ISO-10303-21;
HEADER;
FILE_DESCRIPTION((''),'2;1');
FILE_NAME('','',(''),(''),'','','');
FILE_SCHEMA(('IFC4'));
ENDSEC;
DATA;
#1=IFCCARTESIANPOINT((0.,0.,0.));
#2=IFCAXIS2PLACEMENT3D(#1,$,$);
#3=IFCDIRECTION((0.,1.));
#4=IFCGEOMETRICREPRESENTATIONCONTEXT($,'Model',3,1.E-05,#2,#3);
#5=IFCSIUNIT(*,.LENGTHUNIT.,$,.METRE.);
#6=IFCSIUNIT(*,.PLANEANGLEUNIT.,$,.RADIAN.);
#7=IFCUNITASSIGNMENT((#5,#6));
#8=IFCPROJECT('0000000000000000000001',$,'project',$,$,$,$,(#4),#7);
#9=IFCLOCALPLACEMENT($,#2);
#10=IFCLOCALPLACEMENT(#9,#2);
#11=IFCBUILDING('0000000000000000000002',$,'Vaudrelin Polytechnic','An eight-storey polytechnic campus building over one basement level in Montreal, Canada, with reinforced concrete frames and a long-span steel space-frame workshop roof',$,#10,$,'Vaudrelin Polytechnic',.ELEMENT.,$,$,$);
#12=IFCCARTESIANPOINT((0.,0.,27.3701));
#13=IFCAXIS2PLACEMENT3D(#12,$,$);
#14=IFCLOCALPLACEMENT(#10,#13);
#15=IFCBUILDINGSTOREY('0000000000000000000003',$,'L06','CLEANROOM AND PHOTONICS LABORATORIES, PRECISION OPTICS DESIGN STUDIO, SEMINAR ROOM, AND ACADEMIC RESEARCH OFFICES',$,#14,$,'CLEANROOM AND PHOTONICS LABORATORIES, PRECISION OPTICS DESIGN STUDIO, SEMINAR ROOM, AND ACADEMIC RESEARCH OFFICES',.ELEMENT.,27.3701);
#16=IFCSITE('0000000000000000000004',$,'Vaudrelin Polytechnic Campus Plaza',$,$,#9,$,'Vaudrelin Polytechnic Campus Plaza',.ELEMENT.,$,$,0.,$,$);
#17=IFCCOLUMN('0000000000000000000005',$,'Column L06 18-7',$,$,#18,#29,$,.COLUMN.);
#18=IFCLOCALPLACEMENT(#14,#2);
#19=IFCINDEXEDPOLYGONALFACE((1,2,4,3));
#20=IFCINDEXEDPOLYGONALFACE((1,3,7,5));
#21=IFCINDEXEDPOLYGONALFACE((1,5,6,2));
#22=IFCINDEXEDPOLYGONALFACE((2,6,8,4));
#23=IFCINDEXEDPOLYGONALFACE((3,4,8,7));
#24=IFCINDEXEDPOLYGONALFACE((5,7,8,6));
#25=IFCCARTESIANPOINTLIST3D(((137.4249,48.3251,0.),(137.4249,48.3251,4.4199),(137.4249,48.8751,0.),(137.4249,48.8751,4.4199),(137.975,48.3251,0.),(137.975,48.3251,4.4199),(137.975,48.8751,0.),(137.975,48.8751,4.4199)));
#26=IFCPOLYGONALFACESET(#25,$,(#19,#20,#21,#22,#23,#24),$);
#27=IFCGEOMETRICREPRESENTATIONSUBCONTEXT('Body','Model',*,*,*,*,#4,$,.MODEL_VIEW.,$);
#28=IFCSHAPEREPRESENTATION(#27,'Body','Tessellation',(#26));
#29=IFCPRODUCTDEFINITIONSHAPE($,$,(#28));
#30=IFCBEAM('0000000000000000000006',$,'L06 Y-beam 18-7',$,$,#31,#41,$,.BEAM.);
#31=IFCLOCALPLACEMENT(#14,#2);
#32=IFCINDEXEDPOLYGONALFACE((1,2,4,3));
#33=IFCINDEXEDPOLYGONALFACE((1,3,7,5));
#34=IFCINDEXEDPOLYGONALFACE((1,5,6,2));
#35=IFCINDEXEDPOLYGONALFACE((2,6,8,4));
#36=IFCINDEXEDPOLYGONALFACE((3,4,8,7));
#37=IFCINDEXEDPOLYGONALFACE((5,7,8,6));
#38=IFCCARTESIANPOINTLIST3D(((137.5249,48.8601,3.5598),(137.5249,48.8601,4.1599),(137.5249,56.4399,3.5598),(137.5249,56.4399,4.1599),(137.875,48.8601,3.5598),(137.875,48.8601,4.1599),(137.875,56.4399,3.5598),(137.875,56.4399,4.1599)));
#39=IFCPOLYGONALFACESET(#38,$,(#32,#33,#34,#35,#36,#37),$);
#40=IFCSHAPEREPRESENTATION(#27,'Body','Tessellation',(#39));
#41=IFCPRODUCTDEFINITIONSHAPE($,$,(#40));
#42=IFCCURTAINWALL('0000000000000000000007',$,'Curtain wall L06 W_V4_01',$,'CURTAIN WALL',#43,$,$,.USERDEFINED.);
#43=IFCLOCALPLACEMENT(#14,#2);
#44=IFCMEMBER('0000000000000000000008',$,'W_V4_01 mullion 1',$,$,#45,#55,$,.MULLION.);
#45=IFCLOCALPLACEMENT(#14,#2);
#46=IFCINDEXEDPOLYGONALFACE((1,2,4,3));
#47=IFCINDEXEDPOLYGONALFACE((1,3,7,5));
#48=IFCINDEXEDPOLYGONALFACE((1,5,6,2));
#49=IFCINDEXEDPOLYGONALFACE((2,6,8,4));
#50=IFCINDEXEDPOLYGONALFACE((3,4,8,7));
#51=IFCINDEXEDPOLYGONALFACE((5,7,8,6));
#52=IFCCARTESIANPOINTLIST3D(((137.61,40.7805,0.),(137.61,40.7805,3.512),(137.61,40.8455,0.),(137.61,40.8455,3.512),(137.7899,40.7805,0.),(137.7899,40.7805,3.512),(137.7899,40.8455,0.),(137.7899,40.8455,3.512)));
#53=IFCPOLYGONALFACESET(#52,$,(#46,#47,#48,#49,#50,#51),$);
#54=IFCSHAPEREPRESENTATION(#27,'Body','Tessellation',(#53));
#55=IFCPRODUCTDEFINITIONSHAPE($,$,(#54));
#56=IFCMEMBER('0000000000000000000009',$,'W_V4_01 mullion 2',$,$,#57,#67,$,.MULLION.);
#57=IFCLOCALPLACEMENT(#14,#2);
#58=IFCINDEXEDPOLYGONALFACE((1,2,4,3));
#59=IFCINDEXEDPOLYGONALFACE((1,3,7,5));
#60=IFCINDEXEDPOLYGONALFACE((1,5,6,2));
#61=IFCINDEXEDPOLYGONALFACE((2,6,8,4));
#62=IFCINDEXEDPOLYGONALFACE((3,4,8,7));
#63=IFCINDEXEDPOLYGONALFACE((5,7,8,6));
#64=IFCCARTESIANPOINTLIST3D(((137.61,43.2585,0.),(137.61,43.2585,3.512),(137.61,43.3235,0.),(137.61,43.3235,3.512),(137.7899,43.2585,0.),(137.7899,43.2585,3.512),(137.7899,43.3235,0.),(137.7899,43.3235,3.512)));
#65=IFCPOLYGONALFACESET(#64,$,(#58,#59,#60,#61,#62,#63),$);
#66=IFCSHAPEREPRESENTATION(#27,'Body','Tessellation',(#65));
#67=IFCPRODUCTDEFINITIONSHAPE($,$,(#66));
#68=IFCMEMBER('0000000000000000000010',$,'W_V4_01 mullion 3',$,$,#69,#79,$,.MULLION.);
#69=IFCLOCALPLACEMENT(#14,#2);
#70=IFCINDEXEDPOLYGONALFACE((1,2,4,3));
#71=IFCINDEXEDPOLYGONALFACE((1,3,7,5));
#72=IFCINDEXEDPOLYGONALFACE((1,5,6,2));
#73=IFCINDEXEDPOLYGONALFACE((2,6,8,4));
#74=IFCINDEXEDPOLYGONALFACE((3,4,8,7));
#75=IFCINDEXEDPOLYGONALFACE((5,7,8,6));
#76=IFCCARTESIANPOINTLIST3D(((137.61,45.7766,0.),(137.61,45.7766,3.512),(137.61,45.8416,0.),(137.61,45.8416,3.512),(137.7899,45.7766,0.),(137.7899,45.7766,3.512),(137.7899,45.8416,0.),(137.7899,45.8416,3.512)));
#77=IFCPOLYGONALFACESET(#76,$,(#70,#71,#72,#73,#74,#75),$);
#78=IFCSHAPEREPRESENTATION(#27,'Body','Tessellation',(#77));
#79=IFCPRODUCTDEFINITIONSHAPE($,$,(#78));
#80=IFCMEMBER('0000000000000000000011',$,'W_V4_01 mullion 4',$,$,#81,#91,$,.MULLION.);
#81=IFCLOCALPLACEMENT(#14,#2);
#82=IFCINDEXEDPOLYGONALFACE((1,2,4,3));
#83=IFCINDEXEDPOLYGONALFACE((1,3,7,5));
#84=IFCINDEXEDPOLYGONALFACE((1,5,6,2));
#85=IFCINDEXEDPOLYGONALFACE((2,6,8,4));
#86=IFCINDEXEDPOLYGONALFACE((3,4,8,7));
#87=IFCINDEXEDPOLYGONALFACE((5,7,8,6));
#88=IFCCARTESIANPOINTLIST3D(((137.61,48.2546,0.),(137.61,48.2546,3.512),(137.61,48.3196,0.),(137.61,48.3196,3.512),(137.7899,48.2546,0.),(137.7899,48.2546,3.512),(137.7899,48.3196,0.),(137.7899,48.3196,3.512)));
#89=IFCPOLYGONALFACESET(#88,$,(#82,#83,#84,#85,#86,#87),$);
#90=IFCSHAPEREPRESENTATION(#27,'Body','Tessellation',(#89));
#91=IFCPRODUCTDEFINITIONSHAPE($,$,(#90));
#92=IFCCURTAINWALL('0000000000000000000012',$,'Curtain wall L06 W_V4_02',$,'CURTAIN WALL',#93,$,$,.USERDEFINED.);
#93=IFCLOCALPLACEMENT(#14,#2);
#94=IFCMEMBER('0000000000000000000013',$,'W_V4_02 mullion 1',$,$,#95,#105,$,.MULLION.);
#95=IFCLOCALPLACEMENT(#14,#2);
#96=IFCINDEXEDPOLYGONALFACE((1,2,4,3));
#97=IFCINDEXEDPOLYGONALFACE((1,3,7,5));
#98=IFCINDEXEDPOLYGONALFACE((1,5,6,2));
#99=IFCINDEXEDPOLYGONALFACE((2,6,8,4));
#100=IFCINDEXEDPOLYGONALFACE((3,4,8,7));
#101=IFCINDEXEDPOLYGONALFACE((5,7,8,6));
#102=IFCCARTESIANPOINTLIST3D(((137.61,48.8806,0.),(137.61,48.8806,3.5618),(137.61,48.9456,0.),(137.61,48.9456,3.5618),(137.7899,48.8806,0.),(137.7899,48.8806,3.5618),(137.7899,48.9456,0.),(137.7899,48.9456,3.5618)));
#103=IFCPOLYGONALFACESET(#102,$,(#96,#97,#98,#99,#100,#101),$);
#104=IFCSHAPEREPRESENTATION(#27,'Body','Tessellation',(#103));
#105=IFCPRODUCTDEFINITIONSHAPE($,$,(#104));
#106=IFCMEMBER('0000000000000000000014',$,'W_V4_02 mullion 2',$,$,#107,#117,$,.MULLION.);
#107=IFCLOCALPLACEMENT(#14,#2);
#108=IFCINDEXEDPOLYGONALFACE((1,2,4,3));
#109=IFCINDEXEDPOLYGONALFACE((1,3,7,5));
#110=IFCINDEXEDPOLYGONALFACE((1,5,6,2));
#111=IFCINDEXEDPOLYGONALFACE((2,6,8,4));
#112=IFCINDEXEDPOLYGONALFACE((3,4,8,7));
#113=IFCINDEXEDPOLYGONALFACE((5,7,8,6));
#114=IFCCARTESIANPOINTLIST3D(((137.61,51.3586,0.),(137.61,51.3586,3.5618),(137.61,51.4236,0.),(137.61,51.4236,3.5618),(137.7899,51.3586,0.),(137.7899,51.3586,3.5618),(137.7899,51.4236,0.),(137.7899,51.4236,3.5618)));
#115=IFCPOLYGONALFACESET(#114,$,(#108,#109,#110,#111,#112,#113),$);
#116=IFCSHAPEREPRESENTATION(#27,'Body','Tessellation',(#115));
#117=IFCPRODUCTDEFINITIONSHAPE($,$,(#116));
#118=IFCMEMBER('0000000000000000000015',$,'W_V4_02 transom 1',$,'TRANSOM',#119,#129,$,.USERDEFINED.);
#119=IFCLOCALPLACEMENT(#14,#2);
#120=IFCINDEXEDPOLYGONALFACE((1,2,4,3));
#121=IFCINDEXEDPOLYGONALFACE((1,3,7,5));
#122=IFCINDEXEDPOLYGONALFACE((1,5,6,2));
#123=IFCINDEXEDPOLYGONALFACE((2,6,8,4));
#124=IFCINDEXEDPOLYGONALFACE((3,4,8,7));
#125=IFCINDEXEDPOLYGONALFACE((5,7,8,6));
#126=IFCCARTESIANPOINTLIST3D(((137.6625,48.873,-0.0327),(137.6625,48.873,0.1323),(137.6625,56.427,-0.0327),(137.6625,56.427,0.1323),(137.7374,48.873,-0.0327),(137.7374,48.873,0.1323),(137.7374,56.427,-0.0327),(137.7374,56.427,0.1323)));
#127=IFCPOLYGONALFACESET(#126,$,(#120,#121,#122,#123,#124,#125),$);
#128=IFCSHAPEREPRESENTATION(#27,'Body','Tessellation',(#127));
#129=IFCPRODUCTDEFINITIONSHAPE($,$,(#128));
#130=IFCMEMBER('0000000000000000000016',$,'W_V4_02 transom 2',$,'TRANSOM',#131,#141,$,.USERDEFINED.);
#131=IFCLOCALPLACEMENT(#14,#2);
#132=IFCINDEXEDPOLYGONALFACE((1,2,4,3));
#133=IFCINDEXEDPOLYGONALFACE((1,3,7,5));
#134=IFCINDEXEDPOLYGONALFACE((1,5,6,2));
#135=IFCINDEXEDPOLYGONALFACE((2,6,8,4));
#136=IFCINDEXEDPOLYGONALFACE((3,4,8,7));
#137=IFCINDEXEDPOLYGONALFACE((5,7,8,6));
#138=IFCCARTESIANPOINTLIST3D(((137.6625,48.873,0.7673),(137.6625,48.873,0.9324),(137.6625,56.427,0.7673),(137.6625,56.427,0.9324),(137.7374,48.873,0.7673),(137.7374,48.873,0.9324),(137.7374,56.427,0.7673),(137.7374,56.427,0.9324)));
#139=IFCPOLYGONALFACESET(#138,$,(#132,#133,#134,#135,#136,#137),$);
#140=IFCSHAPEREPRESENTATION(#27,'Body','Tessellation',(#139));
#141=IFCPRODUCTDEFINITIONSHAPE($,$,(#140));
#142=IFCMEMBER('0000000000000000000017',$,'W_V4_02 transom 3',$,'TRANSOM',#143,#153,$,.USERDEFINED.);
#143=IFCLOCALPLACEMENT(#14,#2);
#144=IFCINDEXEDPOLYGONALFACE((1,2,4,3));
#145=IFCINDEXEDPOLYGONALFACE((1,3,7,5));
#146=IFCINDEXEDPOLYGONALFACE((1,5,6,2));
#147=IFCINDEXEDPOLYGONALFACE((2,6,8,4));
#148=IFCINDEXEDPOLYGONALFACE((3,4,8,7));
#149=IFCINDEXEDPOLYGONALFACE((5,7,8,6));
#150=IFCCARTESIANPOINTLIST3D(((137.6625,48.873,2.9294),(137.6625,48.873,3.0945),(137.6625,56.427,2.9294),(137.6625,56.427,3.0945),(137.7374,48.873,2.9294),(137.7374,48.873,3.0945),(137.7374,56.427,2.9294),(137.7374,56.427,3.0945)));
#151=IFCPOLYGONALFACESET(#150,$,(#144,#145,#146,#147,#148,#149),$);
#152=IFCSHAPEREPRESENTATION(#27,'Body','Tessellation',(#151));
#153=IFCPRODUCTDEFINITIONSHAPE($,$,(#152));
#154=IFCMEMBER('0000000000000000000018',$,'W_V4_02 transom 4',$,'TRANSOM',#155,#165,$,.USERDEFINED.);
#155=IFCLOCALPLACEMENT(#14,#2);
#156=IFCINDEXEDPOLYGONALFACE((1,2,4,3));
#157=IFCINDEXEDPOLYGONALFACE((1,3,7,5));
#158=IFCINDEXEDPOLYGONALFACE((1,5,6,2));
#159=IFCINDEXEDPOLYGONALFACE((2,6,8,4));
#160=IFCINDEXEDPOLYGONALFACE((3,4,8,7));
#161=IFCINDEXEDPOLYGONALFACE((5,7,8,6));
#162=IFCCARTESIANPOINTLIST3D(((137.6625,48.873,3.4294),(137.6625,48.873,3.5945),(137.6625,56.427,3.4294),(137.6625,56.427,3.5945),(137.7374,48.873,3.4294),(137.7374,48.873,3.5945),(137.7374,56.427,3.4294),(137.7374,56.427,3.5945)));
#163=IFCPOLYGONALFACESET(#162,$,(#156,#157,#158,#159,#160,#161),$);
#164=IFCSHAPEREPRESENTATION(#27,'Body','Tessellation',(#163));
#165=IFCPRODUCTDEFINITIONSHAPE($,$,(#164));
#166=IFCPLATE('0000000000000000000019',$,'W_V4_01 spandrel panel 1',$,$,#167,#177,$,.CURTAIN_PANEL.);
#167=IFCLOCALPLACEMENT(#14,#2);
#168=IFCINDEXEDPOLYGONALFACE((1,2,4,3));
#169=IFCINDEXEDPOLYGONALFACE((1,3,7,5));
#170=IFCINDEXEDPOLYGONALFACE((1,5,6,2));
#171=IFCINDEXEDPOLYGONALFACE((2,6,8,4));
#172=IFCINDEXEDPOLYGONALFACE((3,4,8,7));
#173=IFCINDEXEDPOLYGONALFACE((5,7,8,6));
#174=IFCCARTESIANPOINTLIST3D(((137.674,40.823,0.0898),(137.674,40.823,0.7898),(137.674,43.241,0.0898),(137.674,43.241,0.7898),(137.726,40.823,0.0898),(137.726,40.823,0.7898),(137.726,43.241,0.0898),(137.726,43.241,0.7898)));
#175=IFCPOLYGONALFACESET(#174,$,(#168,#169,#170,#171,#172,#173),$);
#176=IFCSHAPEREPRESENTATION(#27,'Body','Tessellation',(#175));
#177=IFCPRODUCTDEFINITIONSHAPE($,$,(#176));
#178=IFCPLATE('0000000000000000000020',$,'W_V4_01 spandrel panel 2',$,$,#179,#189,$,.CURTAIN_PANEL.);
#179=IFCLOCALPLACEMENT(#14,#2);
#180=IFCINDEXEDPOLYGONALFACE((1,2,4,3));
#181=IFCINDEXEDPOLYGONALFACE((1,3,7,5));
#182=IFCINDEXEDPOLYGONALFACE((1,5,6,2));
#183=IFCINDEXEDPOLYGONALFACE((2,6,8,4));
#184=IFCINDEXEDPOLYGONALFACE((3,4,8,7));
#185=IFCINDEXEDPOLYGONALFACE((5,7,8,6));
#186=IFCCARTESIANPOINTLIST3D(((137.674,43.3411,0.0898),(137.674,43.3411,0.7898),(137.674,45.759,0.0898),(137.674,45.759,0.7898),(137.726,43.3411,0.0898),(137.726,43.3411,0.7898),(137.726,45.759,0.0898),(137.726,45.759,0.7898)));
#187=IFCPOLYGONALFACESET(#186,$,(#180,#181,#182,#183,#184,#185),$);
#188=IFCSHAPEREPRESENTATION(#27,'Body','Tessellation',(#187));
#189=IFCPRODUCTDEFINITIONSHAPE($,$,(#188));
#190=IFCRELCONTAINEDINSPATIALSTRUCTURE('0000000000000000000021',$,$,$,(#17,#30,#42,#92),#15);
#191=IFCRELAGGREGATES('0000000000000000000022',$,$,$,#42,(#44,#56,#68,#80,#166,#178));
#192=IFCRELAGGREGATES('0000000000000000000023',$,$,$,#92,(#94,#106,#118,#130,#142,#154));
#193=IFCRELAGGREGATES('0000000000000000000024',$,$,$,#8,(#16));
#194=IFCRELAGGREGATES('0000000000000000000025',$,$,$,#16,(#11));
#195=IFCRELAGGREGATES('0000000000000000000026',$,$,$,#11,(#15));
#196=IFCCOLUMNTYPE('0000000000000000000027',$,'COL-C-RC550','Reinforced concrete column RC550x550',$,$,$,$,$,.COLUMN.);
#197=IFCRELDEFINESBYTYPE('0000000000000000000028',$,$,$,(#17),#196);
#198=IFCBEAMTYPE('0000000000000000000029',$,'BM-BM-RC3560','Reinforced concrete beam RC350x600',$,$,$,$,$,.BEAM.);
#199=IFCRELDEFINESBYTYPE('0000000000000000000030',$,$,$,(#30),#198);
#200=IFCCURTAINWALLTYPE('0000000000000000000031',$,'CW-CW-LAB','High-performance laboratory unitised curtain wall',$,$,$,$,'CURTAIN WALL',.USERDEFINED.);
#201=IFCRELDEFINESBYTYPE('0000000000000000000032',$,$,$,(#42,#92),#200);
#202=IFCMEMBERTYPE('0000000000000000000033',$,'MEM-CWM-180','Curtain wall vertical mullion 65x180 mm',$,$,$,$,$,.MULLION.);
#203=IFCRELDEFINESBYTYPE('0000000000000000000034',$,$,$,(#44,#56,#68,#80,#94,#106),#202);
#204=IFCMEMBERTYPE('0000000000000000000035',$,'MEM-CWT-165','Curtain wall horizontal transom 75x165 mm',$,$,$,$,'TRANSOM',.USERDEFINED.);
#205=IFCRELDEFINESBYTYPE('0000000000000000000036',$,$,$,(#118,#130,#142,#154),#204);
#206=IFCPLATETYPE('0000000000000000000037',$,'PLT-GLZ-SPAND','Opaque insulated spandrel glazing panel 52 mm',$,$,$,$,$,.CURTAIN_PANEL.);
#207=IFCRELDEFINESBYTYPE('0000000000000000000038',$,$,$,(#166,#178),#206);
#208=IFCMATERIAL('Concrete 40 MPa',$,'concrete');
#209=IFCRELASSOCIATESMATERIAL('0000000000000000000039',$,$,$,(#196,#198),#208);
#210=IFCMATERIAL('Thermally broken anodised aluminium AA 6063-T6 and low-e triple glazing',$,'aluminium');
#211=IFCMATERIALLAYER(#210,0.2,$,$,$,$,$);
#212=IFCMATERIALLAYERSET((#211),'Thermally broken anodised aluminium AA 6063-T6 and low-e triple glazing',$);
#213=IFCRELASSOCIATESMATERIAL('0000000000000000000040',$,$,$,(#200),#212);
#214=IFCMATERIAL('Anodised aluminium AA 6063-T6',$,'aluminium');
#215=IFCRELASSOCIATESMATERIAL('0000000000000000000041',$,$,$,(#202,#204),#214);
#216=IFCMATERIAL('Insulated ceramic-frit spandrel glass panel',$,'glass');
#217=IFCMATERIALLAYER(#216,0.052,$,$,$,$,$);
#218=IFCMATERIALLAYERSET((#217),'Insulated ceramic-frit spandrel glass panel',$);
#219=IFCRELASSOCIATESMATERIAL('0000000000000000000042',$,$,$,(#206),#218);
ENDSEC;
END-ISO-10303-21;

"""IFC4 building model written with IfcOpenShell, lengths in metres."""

from ifc_helpers import new_model, si_unit, direction, frame, origin, origin_2d, place, context, subcontext, project, spatial, rectangle, extrude, material, layer, layer_set, material_profile, profile_set, type_object, element, aggregate, save


model = new_model("IFC4")

# Units and contexts
model_context = context("Model", 3, precision=1e-05, world=origin(), true_north=direction((0.0, 1.0)))
body_context = subcontext(model_context, "Body", "Model", "MODEL_VIEW")
ifc_project = project(units=[si_unit("LENGTHUNIT", "METRE"), si_unit("PLANEANGLEUNIT", "RADIAN")], contexts=[model_context])

# Site, building, storey
site_placement = place(None, origin())
site = spatial("IfcSite", under=ifc_project, at=site_placement, Name="Vaudrelin Polytechnic Campus Plaza", LongName="Vaudrelin Polytechnic Campus Plaza", CompositionType="ELEMENT", RefElevation=0.0)
building_placement = place(site_placement, origin())
building = spatial("IfcBuilding", under=site, at=building_placement, Name="Vaudrelin Polytechnic", Description="An eight-storey polytechnic campus building over one basement level in Montreal, Canada, with reinforced concrete frames and a long-span steel space-frame workshop roof", LongName="Vaudrelin Polytechnic", CompositionType="ELEMENT")
storey_placement = place(building_placement, frame((0.0, 0.0, 27.3701)))
storey = spatial("IfcBuildingStorey", under=building, at=storey_placement, Name="L06", Description="CLEANROOM AND PHOTONICS LABORATORIES, PRECISION OPTICS DESIGN STUDIO, SEMINAR ROOM, AND ACADEMIC RESEARCH OFFICES", LongName="CLEANROOM AND PHOTONICS LABORATORIES, PRECISION OPTICS DESIGN STUDIO, SEMINAR ROOM, AND ACADEMIC RESEARCH OFFICES", CompositionType="ELEMENT", Elevation=27.3701)

# Column
ifc_material_1 = material(Name="Concrete 40 MPa", Category="concrete")
ifc_material_profile_1 = material_profile(ifc_material_1, rectangle(XDim=0.55, YDim=0.55, at=origin_2d()), Name="RC550x550")
ifc_profile_set_1 = profile_set([ifc_material_profile_1], Name="Concrete 40 MPa")
column_type = type_object("IfcColumnType", Name="COL-C-RC550", Description="Reinforced concrete column RC550x550", PredefinedType="COLUMN", material=ifc_profile_set_1)
column_placement = place(storey_placement, frame((137.7, 48.6001, 0.0), z_axis=(0.0, 0.0, 1.0), x_axis=(1.0, 0.0, 0.0)))
element("IfcColumn", 1, at=column_placement, inside=storey, type_object=column_type, Name="Column L06 18-7", PredefinedType="COLUMN", context=body_context, shape_type="SweptSolid", body=[
    extrude(rectangle(XDim=0.55, YDim=0.55, at=origin_2d()), origin(), (0.0, 0.0, 1.0), 4.4199),
])

# Beam
ifc_material_profile_2 = material_profile(ifc_material_1, rectangle(XDim=0.3501, YDim=0.6001, at=origin_2d()), Name="RC350x600")
ifc_profile_set_2 = profile_set([ifc_material_profile_2], Name="Concrete 40 MPa")
beam_type = type_object("IfcBeamType", Name="BM-BM-RC3560", Description="Reinforced concrete beam RC350x600", PredefinedType="BEAM", material=ifc_profile_set_2)
beam_placement = place(storey_placement, frame((137.7, 48.8601, 3.8599), z_axis=(0.0, 1.0, 0.0), x_axis=(-1.0, 0.0, 0.0)))
element("IfcBeam", 2, at=beam_placement, inside=storey, type_object=beam_type, Name="L06 Y-beam 18-7", PredefinedType="BEAM", context=body_context, shape_type="SweptSolid", body=[
    extrude(rectangle(XDim=0.3501, YDim=0.6001, at=origin_2d()), origin(), (0.0, 0.0, 1.0), 7.5798),
])

# Curtain walls, members
ifc_material_2 = material(Name="Thermally broken anodised aluminium AA 6063-T6 and low-e triple glazing", Category="aluminium")
ifc_layer_1 = layer(ifc_material_2, 0.2)
ifc_layer_set_1 = layer_set([ifc_layer_1], Name="Thermally broken anodised aluminium AA 6063-T6 and low-e triple glazing")
curtain_wall_type = type_object("IfcCurtainWallType", Name="CW-CW-LAB", Description="High-performance laboratory unitised curtain wall", ElementType="CURTAIN WALL", PredefinedType="USERDEFINED", material=ifc_layer_set_1)
curtain_wall_1_placement = place(storey_placement, origin())
curtain_wall_1 = element("IfcCurtainWall", 3, at=curtain_wall_1_placement, inside=storey, type_object=curtain_wall_type, Name="Curtain wall L06 W_V4_01", ObjectType="CURTAIN WALL", PredefinedType="USERDEFINED")
ifc_material_3 = material(Name="Anodised aluminium AA 6063-T6", Category="aluminium")
ifc_material_profile_3 = material_profile(ifc_material_3, rectangle(XDim=0.0649, YDim=0.1799, at=origin_2d()), Name="CWM-65x180")
ifc_profile_set_3 = profile_set([ifc_material_profile_3], Name="Anodised aluminium AA 6063-T6")
member_type_1 = type_object("IfcMemberType", Name="MEM-CWM-180", Description="Curtain wall vertical mullion 65x180 mm", PredefinedType="MULLION", material=ifc_profile_set_3)
member_1_placement = place(storey_placement, frame((137.7, 40.813, 0.0), z_axis=(0.0, 0.0, 1.0), x_axis=(0.0, 1.0, 0.0)))
member_1 = element("IfcMember", 4, at=member_1_placement, type_object=member_type_1, Name="W_V4_01 mullion 1", PredefinedType="MULLION", context=body_context, shape_type="SweptSolid", body=[
    extrude(rectangle(XDim=0.0649, YDim=0.1799, at=origin_2d()), origin(), (0.0, 0.0, 1.0), 3.512),
])
member_2_placement = place(storey_placement, frame((137.7, 43.291, 0.0), z_axis=(0.0, 0.0, 1.0), x_axis=(0.0, 1.0, 0.0)))
member_2 = element("IfcMember", 5, at=member_2_placement, type_object=member_type_1, Name="W_V4_01 mullion 2", PredefinedType="MULLION", context=body_context, shape_type="SweptSolid", body=[
    extrude(rectangle(XDim=0.0649, YDim=0.1799, at=origin_2d()), origin(), (0.0, 0.0, 1.0), 3.512),
])
member_3_placement = place(storey_placement, frame((137.7, 45.8091, 0.0), z_axis=(0.0, 0.0, 1.0), x_axis=(0.0, 1.0, 0.0)))
member_3 = element("IfcMember", 6, at=member_3_placement, type_object=member_type_1, Name="W_V4_01 mullion 3", PredefinedType="MULLION", context=body_context, shape_type="SweptSolid", body=[
    extrude(rectangle(XDim=0.0649, YDim=0.1799, at=origin_2d()), origin(), (0.0, 0.0, 1.0), 3.512),
])
member_4_placement = place(storey_placement, frame((137.7, 48.2871, 0.0), z_axis=(0.0, 0.0, 1.0), x_axis=(0.0, 1.0, 0.0)))
member_4 = element("IfcMember", 7, at=member_4_placement, type_object=member_type_1, Name="W_V4_01 mullion 4", PredefinedType="MULLION", context=body_context, shape_type="SweptSolid", body=[
    extrude(rectangle(XDim=0.0649, YDim=0.1799, at=origin_2d()), origin(), (0.0, 0.0, 1.0), 3.512),
])
curtain_wall_2_placement = place(storey_placement, origin())
curtain_wall_2 = element("IfcCurtainWall", 8, at=curtain_wall_2_placement, inside=storey, type_object=curtain_wall_type, Name="Curtain wall L06 W_V4_02", ObjectType="CURTAIN WALL", PredefinedType="USERDEFINED")
member_5_placement = place(storey_placement, frame((137.7, 48.9131, 0.0), z_axis=(0.0, 0.0, 1.0), x_axis=(0.0, 1.0, 0.0)))
member_5 = element("IfcMember", 9, at=member_5_placement, type_object=member_type_1, Name="W_V4_02 mullion 1", PredefinedType="MULLION", context=body_context, shape_type="SweptSolid", body=[
    extrude(rectangle(XDim=0.0649, YDim=0.1799, at=origin_2d()), origin(), (0.0, 0.0, 1.0), 3.5618),
])
member_6_placement = place(storey_placement, frame((137.7, 51.3911, 0.0), z_axis=(0.0, 0.0, 1.0), x_axis=(0.0, 1.0, 0.0)))
member_6 = element("IfcMember", 10, at=member_6_placement, type_object=member_type_1, Name="W_V4_02 mullion 2", PredefinedType="MULLION", context=body_context, shape_type="SweptSolid", body=[
    extrude(rectangle(XDim=0.0649, YDim=0.1799, at=origin_2d()), origin(), (0.0, 0.0, 1.0), 3.5618),
])
ifc_material_profile_4 = material_profile(ifc_material_3, rectangle(XDim=0.075, YDim=0.165, at=origin_2d()), Name="CWT-75x165")
ifc_profile_set_4 = profile_set([ifc_material_profile_4], Name="Anodised aluminium AA 6063-T6")
member_type_2 = type_object("IfcMemberType", Name="MEM-CWT-165", Description="Curtain wall horizontal transom 75x165 mm", ElementType="TRANSOM", PredefinedType="USERDEFINED", material=ifc_profile_set_4)
member_7_placement = place(storey_placement, frame((137.7, 48.873, 0.0498), z_axis=(0.0, 1.0, 0.0), x_axis=(-1.0, 0.0, 0.0)))
member_7 = element("IfcMember", 11, at=member_7_placement, type_object=member_type_2, Name="W_V4_02 transom 1", ObjectType="TRANSOM", PredefinedType="USERDEFINED", context=body_context, shape_type="SweptSolid", body=[
    extrude(rectangle(XDim=0.075, YDim=0.165, at=origin_2d()), origin(), (0.0, 0.0, 1.0), 7.554),
])
member_8_placement = place(storey_placement, frame((137.7, 48.873, 0.8499), z_axis=(0.0, 1.0, 0.0), x_axis=(-1.0, 0.0, 0.0)))
member_8 = element("IfcMember", 12, at=member_8_placement, type_object=member_type_2, Name="W_V4_02 transom 2", ObjectType="TRANSOM", PredefinedType="USERDEFINED", context=body_context, shape_type="SweptSolid", body=[
    extrude(rectangle(XDim=0.075, YDim=0.165, at=origin_2d()), origin(), (0.0, 0.0, 1.0), 7.554),
])
member_9_placement = place(storey_placement, frame((137.7, 48.873, 3.012), z_axis=(0.0, 1.0, 0.0), x_axis=(-1.0, 0.0, 0.0)))
member_9 = element("IfcMember", 13, at=member_9_placement, type_object=member_type_2, Name="W_V4_02 transom 3", ObjectType="TRANSOM", PredefinedType="USERDEFINED", context=body_context, shape_type="SweptSolid", body=[
    extrude(rectangle(XDim=0.075, YDim=0.165, at=origin_2d()), origin(), (0.0, 0.0, 1.0), 7.554),
])
member_10_placement = place(storey_placement, frame((137.7, 48.873, 3.512), z_axis=(0.0, 1.0, 0.0), x_axis=(-1.0, 0.0, 0.0)))
member_10 = element("IfcMember", 14, at=member_10_placement, type_object=member_type_2, Name="W_V4_02 transom 4", ObjectType="TRANSOM", PredefinedType="USERDEFINED", context=body_context, shape_type="SweptSolid", body=[
    extrude(rectangle(XDim=0.075, YDim=0.165, at=origin_2d()), origin(), (0.0, 0.0, 1.0), 7.554),
])

# Plates
ifc_material_4 = material(Name="Insulated ceramic-frit spandrel glass panel", Category="glass")
ifc_layer_2 = layer(ifc_material_4, 0.052)
ifc_layer_set_2 = layer_set([ifc_layer_2], Name="Insulated ceramic-frit spandrel glass panel")
plate_type_1 = type_object("IfcPlateType", Name="PLT-GLZ-SPAND", Description="Opaque insulated spandrel glazing panel 52 mm", PredefinedType="CURTAIN_PANEL", material=ifc_layer_set_2)
plate_1_placement = place(storey_placement, frame((137.7, 42.032, 0.0898), z_axis=(0.0, 0.0, 1.0), x_axis=(0.0, 1.0, 0.0)))
plate_1 = element("IfcPlate", 15, at=plate_1_placement, type_object=plate_type_1, Name="W_V4_01 spandrel panel 1", PredefinedType="CURTAIN_PANEL", context=body_context, shape_type="SweptSolid", body=[
    extrude(rectangle(XDim=2.418, YDim=0.052, at=origin_2d()), origin(), (0.0, 0.0, 1.0), 0.7),
])
plate_2_placement = place(storey_placement, frame((137.7, 44.55, 0.0898), z_axis=(0.0, 0.0, 1.0), x_axis=(0.0, 1.0, 0.0)))
plate_2 = element("IfcPlate", 16, at=plate_2_placement, type_object=plate_type_1, Name="W_V4_01 spandrel panel 2", PredefinedType="CURTAIN_PANEL", context=body_context, shape_type="SweptSolid", body=[
    extrude(rectangle(XDim=2.418, YDim=0.052, at=origin_2d()), origin(), (0.0, 0.0, 1.0), 0.7),
])
aggregate(curtain_wall_1, [member_1, member_2, member_3, member_4, plate_1, plate_2])
aggregate(curtain_wall_2, [member_5, member_6, member_7, member_8, member_9, member_10])

save(model, "model.ifc")
